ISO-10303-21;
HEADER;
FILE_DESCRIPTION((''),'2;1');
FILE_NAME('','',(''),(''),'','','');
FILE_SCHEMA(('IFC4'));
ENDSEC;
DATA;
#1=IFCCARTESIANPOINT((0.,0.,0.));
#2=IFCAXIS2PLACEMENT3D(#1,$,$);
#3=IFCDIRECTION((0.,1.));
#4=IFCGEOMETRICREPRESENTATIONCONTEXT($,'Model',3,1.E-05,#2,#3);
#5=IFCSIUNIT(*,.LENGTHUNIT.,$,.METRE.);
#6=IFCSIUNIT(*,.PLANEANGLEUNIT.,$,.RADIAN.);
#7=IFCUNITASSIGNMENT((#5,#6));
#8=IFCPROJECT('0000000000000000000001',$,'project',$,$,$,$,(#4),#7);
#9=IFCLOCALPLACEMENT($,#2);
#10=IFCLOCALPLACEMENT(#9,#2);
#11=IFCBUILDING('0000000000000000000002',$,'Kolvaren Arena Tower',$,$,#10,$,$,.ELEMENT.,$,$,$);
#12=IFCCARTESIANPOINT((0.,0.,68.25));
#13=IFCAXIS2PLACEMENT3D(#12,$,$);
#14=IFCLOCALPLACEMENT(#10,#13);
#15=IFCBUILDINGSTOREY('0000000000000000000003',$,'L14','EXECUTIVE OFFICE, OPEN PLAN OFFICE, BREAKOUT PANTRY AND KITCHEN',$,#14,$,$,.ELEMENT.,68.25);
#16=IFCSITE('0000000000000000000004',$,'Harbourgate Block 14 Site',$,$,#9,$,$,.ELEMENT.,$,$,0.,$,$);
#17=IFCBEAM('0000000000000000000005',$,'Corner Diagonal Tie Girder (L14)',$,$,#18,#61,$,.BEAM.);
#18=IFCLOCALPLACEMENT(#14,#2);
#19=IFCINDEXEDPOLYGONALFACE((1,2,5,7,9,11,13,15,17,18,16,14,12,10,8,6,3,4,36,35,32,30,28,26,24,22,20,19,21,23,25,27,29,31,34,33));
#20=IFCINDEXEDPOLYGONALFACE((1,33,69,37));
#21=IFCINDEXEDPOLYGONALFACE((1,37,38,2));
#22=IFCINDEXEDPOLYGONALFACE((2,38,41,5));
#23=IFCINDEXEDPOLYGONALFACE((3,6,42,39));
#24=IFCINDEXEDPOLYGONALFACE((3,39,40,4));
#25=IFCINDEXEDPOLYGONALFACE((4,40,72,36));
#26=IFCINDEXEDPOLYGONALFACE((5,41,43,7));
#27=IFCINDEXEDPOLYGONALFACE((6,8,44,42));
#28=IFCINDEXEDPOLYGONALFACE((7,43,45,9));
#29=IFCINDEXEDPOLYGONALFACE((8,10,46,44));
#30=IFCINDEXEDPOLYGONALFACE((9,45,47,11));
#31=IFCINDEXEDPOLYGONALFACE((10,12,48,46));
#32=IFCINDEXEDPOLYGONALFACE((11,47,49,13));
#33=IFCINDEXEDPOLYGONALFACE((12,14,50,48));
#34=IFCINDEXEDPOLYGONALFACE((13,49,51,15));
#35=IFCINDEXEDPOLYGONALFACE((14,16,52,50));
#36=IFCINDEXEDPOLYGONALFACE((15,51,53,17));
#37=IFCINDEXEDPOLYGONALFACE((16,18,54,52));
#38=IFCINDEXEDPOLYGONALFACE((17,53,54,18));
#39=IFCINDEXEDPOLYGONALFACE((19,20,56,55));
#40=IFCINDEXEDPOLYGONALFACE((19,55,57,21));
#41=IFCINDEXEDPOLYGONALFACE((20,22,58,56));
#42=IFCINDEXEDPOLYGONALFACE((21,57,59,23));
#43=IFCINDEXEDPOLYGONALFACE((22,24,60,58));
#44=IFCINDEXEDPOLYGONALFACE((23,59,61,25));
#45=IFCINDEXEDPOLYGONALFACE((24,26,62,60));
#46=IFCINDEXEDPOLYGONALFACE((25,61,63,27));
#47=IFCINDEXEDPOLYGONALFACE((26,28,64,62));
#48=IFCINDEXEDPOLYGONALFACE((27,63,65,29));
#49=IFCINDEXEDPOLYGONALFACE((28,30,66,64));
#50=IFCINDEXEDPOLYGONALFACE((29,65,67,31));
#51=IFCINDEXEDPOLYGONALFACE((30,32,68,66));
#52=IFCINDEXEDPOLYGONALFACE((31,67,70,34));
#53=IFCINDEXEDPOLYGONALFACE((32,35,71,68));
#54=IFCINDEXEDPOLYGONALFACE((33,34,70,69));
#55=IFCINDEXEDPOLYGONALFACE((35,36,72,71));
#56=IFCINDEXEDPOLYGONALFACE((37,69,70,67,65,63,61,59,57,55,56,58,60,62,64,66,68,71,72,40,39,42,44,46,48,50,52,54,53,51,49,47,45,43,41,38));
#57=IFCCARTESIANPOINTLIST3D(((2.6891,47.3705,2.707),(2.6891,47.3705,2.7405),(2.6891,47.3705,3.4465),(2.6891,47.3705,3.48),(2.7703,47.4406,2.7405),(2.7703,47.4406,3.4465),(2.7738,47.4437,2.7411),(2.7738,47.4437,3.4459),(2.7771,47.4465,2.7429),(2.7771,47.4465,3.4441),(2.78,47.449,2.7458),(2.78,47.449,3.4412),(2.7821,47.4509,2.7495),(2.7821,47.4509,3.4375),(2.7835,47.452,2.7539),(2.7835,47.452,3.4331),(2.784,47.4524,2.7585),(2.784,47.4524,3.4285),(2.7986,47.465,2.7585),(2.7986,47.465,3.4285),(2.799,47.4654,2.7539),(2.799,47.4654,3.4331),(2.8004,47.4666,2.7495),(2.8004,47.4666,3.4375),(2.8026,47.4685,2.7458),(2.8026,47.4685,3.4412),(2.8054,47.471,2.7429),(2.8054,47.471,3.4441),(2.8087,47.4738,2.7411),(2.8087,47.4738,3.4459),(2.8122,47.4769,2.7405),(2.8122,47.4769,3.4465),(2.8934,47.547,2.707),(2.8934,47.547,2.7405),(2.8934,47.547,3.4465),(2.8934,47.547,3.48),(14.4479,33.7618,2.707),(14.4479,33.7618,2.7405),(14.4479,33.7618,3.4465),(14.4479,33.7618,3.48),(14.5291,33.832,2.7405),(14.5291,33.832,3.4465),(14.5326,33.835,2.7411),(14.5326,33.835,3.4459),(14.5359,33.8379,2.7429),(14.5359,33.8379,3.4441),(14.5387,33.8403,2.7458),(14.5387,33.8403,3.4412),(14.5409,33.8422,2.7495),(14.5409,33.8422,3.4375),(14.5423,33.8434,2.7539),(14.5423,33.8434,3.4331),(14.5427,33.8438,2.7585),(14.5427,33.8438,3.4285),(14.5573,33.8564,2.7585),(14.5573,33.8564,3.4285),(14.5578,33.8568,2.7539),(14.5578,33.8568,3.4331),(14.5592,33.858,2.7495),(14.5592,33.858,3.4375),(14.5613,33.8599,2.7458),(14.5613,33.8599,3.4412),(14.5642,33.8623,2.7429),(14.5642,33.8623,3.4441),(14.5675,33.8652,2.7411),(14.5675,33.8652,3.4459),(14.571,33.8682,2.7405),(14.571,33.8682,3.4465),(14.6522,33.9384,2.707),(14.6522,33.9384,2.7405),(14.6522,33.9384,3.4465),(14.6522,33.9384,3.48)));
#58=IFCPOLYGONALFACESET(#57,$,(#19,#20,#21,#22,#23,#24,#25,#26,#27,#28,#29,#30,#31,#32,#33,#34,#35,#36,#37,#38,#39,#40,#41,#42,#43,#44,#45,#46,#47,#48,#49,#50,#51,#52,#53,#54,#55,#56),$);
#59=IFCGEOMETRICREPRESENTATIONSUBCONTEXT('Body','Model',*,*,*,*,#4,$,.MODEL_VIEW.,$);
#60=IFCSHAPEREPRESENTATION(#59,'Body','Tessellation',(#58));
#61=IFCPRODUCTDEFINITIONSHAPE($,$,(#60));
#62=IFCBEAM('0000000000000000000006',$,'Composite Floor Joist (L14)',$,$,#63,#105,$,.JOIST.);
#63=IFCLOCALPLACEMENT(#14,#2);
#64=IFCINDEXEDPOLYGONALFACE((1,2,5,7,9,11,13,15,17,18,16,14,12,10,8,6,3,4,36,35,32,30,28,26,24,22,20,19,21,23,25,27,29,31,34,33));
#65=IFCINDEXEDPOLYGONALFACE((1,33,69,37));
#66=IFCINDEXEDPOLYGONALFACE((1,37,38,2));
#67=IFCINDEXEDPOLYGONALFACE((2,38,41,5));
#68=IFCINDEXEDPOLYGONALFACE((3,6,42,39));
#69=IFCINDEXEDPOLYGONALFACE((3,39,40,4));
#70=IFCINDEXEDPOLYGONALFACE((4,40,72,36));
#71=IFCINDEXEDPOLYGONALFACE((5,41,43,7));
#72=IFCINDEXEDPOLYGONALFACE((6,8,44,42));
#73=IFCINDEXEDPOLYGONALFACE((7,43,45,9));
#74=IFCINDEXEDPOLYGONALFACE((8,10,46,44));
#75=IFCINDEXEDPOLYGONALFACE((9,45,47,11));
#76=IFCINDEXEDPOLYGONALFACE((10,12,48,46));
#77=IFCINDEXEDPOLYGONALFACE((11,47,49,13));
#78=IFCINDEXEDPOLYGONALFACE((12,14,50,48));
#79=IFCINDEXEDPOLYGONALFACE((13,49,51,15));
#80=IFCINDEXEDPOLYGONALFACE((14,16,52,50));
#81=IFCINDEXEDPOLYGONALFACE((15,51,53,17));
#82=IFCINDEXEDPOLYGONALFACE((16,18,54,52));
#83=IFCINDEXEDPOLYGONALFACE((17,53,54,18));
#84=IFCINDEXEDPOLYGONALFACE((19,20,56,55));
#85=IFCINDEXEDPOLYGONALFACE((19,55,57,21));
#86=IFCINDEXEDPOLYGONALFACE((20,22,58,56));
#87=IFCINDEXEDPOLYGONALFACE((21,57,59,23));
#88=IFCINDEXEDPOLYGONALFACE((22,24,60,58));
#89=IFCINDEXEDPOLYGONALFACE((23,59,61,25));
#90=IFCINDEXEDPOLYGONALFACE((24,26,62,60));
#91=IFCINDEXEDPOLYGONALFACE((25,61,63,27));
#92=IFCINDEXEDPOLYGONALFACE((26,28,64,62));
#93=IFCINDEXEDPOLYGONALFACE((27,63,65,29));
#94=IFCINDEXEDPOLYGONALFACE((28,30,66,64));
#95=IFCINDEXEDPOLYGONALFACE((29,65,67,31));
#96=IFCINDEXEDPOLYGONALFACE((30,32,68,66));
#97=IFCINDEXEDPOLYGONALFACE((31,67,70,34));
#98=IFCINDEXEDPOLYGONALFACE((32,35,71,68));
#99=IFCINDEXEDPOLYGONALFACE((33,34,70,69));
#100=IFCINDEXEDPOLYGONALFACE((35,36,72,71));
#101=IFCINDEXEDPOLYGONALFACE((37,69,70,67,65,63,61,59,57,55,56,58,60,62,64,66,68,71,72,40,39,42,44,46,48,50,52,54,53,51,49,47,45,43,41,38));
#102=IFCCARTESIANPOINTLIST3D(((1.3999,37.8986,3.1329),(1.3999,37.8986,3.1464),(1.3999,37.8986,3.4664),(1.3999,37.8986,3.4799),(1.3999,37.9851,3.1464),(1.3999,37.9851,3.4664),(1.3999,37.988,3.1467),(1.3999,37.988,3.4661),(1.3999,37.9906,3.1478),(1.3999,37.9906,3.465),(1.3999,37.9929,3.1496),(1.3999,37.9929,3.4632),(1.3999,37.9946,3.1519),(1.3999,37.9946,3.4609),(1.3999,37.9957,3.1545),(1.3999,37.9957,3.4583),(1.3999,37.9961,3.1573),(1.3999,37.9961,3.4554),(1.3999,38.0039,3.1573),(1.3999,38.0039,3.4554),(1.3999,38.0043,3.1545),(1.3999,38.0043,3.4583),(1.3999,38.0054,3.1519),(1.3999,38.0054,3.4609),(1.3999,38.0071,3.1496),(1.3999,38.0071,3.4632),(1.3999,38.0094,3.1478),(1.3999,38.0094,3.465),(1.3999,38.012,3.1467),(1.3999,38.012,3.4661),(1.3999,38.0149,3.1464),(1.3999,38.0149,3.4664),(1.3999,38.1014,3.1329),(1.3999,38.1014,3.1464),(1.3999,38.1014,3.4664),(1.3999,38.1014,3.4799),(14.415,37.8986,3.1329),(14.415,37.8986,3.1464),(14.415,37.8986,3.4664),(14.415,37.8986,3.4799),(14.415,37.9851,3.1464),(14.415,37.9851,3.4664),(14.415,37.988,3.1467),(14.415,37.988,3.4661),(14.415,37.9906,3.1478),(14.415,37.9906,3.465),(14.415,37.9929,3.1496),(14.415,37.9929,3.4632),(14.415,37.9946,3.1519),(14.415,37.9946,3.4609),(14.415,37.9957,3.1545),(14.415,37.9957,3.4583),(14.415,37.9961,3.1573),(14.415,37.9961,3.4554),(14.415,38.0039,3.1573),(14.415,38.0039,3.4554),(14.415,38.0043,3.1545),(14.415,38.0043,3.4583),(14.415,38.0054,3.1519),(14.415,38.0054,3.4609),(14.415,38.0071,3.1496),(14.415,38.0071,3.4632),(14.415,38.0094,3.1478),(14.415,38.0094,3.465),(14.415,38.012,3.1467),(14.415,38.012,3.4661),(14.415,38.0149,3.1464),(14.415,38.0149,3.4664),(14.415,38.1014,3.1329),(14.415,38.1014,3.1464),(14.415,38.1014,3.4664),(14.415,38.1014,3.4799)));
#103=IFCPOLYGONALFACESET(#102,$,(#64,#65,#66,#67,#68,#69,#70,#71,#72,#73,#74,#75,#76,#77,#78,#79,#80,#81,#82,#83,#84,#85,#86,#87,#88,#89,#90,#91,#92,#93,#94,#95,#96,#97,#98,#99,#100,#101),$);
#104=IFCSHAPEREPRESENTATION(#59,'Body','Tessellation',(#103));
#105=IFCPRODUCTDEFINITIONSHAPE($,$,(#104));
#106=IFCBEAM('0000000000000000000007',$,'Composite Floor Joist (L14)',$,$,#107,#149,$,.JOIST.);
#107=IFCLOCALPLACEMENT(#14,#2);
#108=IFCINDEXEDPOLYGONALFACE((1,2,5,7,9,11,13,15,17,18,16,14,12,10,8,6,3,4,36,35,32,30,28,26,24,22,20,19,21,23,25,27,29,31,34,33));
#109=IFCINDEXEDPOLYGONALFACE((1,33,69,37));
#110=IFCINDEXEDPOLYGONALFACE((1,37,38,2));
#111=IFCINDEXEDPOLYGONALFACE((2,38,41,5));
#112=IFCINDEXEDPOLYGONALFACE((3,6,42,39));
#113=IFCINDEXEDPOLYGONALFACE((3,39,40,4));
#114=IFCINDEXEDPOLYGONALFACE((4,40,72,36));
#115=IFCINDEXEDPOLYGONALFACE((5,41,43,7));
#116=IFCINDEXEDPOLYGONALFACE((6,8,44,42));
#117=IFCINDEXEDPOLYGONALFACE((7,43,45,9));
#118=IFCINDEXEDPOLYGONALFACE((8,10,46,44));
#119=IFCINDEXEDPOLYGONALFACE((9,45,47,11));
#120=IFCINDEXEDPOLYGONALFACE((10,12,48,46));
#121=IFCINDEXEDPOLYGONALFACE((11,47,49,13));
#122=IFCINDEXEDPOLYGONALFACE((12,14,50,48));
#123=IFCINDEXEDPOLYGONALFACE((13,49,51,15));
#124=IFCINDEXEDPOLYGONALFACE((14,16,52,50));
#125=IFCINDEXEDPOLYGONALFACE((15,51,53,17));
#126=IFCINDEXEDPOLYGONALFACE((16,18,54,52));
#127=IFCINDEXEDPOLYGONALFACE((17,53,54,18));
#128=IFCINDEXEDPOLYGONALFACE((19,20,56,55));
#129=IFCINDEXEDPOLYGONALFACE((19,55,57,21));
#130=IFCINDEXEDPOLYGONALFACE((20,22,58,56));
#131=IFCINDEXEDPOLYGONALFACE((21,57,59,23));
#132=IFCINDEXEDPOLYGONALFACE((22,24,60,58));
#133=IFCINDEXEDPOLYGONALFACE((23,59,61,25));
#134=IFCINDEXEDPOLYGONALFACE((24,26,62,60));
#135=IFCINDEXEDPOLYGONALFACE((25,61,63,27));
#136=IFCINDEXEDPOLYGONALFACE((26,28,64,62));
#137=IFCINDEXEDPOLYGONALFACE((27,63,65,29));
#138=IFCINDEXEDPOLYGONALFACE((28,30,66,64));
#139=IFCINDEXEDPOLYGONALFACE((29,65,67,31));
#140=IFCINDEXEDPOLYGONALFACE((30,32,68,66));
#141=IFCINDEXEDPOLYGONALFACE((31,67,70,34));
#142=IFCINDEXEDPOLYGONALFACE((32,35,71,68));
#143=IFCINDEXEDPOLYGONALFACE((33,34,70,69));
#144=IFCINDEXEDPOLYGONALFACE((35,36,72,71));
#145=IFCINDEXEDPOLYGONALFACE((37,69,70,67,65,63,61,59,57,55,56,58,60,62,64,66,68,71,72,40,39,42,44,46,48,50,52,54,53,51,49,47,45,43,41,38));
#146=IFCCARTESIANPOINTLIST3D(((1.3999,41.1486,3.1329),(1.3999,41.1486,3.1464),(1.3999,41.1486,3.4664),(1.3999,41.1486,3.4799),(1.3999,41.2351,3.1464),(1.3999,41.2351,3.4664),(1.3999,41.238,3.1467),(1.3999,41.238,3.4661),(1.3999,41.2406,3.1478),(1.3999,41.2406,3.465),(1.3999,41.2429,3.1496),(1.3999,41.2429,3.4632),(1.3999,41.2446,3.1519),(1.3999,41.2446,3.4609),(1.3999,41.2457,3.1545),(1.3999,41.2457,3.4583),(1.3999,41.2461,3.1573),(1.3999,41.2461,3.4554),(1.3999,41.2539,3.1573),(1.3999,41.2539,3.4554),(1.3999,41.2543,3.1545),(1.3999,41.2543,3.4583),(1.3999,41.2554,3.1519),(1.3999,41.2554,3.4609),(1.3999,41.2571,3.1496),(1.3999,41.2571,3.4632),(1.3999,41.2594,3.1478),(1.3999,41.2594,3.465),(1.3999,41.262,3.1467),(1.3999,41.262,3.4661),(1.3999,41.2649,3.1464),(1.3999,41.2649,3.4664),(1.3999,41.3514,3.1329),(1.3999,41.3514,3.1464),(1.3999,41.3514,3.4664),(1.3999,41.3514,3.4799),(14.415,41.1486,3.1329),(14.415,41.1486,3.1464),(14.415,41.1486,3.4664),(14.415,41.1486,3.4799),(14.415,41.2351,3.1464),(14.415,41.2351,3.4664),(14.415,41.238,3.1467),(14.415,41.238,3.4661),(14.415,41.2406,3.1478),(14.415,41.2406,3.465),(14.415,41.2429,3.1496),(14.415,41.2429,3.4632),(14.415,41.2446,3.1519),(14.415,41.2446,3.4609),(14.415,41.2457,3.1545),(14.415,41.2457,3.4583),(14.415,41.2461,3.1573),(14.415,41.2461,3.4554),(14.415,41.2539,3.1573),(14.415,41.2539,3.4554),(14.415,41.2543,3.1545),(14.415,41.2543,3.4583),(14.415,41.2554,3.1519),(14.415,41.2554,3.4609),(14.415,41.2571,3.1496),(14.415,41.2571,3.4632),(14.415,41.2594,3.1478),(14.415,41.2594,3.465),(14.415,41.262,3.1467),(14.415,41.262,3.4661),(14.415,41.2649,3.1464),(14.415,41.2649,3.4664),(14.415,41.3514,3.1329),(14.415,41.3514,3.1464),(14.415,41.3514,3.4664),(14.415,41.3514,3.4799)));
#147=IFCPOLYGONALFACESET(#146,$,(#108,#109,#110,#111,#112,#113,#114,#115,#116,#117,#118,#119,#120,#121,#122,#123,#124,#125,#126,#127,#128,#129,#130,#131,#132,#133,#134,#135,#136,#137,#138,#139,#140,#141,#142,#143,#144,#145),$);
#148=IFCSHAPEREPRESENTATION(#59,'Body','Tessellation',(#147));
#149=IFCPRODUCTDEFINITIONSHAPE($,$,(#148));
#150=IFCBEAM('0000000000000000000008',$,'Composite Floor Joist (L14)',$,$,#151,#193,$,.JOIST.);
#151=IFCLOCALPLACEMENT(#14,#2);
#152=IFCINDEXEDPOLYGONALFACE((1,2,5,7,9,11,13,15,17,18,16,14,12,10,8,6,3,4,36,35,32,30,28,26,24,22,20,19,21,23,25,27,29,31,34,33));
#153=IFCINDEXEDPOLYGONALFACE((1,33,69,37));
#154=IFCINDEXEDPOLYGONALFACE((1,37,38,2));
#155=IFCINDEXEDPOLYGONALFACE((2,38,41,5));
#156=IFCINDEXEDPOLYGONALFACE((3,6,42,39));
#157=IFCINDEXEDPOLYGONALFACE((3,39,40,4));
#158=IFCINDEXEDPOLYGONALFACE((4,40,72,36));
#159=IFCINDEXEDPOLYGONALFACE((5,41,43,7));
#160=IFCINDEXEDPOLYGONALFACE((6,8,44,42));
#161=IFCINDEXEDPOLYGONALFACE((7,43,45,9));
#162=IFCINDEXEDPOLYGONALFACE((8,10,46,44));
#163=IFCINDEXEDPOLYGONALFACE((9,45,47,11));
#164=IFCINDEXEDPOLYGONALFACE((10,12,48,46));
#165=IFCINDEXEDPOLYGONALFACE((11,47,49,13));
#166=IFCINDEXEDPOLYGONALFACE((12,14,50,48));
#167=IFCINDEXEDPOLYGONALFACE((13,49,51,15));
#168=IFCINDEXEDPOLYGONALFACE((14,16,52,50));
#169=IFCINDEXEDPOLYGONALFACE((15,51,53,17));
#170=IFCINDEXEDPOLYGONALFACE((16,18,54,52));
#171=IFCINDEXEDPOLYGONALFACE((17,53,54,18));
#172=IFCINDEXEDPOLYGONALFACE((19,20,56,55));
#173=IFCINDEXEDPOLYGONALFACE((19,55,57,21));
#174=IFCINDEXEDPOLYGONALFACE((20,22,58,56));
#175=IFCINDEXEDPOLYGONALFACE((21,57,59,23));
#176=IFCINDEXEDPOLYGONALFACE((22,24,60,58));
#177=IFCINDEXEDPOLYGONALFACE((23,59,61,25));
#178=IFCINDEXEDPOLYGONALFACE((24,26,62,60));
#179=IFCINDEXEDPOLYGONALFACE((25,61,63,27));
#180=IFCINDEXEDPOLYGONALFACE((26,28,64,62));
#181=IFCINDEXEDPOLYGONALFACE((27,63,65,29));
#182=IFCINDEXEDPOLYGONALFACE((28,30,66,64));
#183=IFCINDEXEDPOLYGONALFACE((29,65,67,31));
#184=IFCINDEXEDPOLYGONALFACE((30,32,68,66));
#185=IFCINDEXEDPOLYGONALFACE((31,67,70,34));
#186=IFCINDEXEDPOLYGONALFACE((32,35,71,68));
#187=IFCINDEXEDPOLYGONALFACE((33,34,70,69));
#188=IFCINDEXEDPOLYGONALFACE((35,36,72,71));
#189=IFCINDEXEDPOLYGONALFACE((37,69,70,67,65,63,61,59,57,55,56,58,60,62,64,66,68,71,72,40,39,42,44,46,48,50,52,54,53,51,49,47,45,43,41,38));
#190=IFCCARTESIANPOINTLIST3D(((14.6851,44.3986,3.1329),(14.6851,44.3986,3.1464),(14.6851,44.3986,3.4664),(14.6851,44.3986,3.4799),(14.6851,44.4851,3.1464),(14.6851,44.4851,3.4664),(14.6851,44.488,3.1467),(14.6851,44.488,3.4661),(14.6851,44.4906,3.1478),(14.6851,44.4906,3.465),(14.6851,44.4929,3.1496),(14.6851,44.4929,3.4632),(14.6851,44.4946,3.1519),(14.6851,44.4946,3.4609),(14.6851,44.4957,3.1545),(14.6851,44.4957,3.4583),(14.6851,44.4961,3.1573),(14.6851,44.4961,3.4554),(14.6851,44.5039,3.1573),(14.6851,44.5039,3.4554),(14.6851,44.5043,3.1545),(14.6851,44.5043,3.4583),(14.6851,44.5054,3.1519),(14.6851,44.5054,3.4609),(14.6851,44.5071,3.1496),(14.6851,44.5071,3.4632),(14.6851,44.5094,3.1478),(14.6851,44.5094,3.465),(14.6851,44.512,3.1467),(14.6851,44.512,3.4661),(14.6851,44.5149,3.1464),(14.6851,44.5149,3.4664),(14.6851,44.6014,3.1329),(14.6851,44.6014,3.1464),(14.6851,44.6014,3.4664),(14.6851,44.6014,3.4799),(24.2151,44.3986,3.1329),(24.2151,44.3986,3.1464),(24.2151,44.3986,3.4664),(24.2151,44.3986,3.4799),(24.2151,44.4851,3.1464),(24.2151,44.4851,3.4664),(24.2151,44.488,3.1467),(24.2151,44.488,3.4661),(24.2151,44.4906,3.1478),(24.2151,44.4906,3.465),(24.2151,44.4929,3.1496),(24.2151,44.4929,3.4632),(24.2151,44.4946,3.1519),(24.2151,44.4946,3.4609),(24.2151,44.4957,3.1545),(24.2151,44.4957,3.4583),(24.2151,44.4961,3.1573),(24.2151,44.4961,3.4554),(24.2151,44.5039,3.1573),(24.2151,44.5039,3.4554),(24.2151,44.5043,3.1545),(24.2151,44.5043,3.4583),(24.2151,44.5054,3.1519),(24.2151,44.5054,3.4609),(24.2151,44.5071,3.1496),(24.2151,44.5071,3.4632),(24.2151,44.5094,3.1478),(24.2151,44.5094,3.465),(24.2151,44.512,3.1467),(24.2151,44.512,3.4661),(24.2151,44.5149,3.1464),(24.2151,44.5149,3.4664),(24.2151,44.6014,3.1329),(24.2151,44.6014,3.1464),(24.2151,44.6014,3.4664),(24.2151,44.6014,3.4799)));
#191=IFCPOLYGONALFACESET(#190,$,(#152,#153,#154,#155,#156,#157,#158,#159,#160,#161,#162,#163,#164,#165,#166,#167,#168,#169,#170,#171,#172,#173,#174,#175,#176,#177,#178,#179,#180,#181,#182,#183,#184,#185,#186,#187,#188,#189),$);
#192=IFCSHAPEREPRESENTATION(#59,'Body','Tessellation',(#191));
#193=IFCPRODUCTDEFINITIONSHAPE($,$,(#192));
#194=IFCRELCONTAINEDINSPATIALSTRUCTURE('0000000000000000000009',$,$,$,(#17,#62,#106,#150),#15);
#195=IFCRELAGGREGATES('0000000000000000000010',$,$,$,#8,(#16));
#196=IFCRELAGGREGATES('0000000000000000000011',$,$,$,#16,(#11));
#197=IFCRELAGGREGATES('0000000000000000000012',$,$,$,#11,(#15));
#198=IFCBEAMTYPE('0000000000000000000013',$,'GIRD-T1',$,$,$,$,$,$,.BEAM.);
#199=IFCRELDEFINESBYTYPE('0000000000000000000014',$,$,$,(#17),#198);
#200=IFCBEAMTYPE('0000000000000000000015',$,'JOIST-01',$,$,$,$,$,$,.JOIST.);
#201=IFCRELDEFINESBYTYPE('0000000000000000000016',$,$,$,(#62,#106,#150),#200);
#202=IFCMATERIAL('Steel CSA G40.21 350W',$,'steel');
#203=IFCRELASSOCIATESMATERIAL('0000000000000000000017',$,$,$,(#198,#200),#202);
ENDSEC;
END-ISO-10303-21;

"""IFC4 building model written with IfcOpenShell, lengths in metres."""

from ifc_helpers import new_model, si_unit, direction, frame, origin, origin_2d, place, context, subcontext, project, spatial, i_section, extrude, material, material_profile, profile_set, type_object, element, save


model = new_model("IFC4")

# Units and contexts
model_context = context("Model", 3, precision=1e-05, world=origin(), true_north=direction((0.0, 1.0)))
body_context = subcontext(model_context, "Body", "Model", "MODEL_VIEW")
ifc_project = project(units=[si_unit("LENGTHUNIT", "METRE"), si_unit("PLANEANGLEUNIT", "RADIAN")], contexts=[model_context])

# Site, building, storey
site_placement = place(None, origin())
site = spatial("IfcSite", under=ifc_project, at=site_placement, Name="Harbourgate Block 14 Site", CompositionType="ELEMENT", RefElevation=0.0)
building_placement = place(site_placement, origin())
building = spatial("IfcBuilding", under=site, at=building_placement, Name="Kolvaren Arena Tower", CompositionType="ELEMENT")
storey_placement = place(building_placement, frame((0.0, 0.0, 68.25)))
storey = spatial("IfcBuildingStorey", under=building, at=storey_placement, Name="L14", Description="EXECUTIVE OFFICE, OPEN PLAN OFFICE, BREAKOUT PANTRY AND KITCHEN", CompositionType="ELEMENT", Elevation=68.25)

# Beams
ifc_material_1 = material(Name="Steel CSA G40.21 350W", Category="steel")
ifc_material_profile_1 = material_profile(ifc_material_1, i_section(OverallWidth=0.27, OverallDepth=0.7729, WebThickness=0.0193, FlangeThickness=0.0334, FilletRadius=0.0181, at=origin_2d()), Name="W760x257")
ifc_profile_set_1 = profile_set([ifc_material_profile_1], Name="Steel CSA G40.21 350W")
beam_type_1 = type_object("IfcBeamType", Name="GIRD-T1", PredefinedType="BEAM", material=ifc_profile_set_1)
beam_1_placement = place(storey_placement, frame((2.7913, 47.4587, 3.0935), z_axis=(0.653807, -0.756662, 0.0), x_axis=(0.756662, 0.653807, 0.0)))
element("IfcBeam", 1, at=beam_1_placement, inside=storey, type_object=beam_type_1, Name="Corner Diagonal Tie Girder (L14)", PredefinedType="BEAM", context=body_context, shape_type="SweptSolid", body=[
    extrude(i_section(OverallWidth=0.27, OverallDepth=0.7729, WebThickness=0.0193, FlangeThickness=0.0334, FilletRadius=0.0181, at=origin_2d()), origin(), (0.0, 0.0, 1.0), 17.9851),
])
ifc_material_profile_2 = material_profile(ifc_material_1, i_section(OverallWidth=0.2029, OverallDepth=0.3469, WebThickness=0.0078, FlangeThickness=0.0134, FilletRadius=0.011, at=origin_2d()), Name="W360x64")
ifc_profile_set_2 = profile_set([ifc_material_profile_2], Name="Steel CSA G40.21 350W")
beam_type_2 = type_object("IfcBeamType", Name="JOIST-01", PredefinedType="JOIST", material=ifc_profile_set_2)
for number, where, z_axis, x_axis, name in (
    (2, (1.3999, 38.0, 3.3064), (1.0, 0.0, 0.0), (0.0, 1.0, 0.0), "Composite Floor Joist (L14)"),
    (3, (1.3999, 41.25, 3.3064), (1.0, 0.0, 0.0), (0.0, 1.0, 0.0), "Composite Floor Joist (L14)"),
):
    element("IfcBeam", number, at=place(storey_placement, frame(where, z_axis=z_axis, x_axis=x_axis)), inside=storey, type_object=beam_type_2, Name=name, PredefinedType="JOIST", context=body_context, shape_type="SweptSolid", body=[
        extrude(i_section(OverallWidth=0.2029, OverallDepth=0.3469, WebThickness=0.0078, FlangeThickness=0.0134, FilletRadius=0.011, at=origin_2d()), origin(), (0.0, 0.0, 1.0), 13.0151),
    ])
beam_2_placement = place(storey_placement, frame((14.6851, 44.5, 3.3064), z_axis=(1.0, 0.0, 0.0), x_axis=(0.0, 1.0, 0.0)))
element("IfcBeam", 4, at=beam_2_placement, inside=storey, type_object=beam_type_2, Name="Composite Floor Joist (L14)", PredefinedType="JOIST", context=body_context, shape_type="SweptSolid", body=[
    extrude(i_section(OverallWidth=0.2029, OverallDepth=0.3469, WebThickness=0.0078, FlangeThickness=0.0134, FilletRadius=0.011, at=origin_2d()), origin(), (0.0, 0.0, 1.0), 9.53),
])

save(model, "model.ifc")
